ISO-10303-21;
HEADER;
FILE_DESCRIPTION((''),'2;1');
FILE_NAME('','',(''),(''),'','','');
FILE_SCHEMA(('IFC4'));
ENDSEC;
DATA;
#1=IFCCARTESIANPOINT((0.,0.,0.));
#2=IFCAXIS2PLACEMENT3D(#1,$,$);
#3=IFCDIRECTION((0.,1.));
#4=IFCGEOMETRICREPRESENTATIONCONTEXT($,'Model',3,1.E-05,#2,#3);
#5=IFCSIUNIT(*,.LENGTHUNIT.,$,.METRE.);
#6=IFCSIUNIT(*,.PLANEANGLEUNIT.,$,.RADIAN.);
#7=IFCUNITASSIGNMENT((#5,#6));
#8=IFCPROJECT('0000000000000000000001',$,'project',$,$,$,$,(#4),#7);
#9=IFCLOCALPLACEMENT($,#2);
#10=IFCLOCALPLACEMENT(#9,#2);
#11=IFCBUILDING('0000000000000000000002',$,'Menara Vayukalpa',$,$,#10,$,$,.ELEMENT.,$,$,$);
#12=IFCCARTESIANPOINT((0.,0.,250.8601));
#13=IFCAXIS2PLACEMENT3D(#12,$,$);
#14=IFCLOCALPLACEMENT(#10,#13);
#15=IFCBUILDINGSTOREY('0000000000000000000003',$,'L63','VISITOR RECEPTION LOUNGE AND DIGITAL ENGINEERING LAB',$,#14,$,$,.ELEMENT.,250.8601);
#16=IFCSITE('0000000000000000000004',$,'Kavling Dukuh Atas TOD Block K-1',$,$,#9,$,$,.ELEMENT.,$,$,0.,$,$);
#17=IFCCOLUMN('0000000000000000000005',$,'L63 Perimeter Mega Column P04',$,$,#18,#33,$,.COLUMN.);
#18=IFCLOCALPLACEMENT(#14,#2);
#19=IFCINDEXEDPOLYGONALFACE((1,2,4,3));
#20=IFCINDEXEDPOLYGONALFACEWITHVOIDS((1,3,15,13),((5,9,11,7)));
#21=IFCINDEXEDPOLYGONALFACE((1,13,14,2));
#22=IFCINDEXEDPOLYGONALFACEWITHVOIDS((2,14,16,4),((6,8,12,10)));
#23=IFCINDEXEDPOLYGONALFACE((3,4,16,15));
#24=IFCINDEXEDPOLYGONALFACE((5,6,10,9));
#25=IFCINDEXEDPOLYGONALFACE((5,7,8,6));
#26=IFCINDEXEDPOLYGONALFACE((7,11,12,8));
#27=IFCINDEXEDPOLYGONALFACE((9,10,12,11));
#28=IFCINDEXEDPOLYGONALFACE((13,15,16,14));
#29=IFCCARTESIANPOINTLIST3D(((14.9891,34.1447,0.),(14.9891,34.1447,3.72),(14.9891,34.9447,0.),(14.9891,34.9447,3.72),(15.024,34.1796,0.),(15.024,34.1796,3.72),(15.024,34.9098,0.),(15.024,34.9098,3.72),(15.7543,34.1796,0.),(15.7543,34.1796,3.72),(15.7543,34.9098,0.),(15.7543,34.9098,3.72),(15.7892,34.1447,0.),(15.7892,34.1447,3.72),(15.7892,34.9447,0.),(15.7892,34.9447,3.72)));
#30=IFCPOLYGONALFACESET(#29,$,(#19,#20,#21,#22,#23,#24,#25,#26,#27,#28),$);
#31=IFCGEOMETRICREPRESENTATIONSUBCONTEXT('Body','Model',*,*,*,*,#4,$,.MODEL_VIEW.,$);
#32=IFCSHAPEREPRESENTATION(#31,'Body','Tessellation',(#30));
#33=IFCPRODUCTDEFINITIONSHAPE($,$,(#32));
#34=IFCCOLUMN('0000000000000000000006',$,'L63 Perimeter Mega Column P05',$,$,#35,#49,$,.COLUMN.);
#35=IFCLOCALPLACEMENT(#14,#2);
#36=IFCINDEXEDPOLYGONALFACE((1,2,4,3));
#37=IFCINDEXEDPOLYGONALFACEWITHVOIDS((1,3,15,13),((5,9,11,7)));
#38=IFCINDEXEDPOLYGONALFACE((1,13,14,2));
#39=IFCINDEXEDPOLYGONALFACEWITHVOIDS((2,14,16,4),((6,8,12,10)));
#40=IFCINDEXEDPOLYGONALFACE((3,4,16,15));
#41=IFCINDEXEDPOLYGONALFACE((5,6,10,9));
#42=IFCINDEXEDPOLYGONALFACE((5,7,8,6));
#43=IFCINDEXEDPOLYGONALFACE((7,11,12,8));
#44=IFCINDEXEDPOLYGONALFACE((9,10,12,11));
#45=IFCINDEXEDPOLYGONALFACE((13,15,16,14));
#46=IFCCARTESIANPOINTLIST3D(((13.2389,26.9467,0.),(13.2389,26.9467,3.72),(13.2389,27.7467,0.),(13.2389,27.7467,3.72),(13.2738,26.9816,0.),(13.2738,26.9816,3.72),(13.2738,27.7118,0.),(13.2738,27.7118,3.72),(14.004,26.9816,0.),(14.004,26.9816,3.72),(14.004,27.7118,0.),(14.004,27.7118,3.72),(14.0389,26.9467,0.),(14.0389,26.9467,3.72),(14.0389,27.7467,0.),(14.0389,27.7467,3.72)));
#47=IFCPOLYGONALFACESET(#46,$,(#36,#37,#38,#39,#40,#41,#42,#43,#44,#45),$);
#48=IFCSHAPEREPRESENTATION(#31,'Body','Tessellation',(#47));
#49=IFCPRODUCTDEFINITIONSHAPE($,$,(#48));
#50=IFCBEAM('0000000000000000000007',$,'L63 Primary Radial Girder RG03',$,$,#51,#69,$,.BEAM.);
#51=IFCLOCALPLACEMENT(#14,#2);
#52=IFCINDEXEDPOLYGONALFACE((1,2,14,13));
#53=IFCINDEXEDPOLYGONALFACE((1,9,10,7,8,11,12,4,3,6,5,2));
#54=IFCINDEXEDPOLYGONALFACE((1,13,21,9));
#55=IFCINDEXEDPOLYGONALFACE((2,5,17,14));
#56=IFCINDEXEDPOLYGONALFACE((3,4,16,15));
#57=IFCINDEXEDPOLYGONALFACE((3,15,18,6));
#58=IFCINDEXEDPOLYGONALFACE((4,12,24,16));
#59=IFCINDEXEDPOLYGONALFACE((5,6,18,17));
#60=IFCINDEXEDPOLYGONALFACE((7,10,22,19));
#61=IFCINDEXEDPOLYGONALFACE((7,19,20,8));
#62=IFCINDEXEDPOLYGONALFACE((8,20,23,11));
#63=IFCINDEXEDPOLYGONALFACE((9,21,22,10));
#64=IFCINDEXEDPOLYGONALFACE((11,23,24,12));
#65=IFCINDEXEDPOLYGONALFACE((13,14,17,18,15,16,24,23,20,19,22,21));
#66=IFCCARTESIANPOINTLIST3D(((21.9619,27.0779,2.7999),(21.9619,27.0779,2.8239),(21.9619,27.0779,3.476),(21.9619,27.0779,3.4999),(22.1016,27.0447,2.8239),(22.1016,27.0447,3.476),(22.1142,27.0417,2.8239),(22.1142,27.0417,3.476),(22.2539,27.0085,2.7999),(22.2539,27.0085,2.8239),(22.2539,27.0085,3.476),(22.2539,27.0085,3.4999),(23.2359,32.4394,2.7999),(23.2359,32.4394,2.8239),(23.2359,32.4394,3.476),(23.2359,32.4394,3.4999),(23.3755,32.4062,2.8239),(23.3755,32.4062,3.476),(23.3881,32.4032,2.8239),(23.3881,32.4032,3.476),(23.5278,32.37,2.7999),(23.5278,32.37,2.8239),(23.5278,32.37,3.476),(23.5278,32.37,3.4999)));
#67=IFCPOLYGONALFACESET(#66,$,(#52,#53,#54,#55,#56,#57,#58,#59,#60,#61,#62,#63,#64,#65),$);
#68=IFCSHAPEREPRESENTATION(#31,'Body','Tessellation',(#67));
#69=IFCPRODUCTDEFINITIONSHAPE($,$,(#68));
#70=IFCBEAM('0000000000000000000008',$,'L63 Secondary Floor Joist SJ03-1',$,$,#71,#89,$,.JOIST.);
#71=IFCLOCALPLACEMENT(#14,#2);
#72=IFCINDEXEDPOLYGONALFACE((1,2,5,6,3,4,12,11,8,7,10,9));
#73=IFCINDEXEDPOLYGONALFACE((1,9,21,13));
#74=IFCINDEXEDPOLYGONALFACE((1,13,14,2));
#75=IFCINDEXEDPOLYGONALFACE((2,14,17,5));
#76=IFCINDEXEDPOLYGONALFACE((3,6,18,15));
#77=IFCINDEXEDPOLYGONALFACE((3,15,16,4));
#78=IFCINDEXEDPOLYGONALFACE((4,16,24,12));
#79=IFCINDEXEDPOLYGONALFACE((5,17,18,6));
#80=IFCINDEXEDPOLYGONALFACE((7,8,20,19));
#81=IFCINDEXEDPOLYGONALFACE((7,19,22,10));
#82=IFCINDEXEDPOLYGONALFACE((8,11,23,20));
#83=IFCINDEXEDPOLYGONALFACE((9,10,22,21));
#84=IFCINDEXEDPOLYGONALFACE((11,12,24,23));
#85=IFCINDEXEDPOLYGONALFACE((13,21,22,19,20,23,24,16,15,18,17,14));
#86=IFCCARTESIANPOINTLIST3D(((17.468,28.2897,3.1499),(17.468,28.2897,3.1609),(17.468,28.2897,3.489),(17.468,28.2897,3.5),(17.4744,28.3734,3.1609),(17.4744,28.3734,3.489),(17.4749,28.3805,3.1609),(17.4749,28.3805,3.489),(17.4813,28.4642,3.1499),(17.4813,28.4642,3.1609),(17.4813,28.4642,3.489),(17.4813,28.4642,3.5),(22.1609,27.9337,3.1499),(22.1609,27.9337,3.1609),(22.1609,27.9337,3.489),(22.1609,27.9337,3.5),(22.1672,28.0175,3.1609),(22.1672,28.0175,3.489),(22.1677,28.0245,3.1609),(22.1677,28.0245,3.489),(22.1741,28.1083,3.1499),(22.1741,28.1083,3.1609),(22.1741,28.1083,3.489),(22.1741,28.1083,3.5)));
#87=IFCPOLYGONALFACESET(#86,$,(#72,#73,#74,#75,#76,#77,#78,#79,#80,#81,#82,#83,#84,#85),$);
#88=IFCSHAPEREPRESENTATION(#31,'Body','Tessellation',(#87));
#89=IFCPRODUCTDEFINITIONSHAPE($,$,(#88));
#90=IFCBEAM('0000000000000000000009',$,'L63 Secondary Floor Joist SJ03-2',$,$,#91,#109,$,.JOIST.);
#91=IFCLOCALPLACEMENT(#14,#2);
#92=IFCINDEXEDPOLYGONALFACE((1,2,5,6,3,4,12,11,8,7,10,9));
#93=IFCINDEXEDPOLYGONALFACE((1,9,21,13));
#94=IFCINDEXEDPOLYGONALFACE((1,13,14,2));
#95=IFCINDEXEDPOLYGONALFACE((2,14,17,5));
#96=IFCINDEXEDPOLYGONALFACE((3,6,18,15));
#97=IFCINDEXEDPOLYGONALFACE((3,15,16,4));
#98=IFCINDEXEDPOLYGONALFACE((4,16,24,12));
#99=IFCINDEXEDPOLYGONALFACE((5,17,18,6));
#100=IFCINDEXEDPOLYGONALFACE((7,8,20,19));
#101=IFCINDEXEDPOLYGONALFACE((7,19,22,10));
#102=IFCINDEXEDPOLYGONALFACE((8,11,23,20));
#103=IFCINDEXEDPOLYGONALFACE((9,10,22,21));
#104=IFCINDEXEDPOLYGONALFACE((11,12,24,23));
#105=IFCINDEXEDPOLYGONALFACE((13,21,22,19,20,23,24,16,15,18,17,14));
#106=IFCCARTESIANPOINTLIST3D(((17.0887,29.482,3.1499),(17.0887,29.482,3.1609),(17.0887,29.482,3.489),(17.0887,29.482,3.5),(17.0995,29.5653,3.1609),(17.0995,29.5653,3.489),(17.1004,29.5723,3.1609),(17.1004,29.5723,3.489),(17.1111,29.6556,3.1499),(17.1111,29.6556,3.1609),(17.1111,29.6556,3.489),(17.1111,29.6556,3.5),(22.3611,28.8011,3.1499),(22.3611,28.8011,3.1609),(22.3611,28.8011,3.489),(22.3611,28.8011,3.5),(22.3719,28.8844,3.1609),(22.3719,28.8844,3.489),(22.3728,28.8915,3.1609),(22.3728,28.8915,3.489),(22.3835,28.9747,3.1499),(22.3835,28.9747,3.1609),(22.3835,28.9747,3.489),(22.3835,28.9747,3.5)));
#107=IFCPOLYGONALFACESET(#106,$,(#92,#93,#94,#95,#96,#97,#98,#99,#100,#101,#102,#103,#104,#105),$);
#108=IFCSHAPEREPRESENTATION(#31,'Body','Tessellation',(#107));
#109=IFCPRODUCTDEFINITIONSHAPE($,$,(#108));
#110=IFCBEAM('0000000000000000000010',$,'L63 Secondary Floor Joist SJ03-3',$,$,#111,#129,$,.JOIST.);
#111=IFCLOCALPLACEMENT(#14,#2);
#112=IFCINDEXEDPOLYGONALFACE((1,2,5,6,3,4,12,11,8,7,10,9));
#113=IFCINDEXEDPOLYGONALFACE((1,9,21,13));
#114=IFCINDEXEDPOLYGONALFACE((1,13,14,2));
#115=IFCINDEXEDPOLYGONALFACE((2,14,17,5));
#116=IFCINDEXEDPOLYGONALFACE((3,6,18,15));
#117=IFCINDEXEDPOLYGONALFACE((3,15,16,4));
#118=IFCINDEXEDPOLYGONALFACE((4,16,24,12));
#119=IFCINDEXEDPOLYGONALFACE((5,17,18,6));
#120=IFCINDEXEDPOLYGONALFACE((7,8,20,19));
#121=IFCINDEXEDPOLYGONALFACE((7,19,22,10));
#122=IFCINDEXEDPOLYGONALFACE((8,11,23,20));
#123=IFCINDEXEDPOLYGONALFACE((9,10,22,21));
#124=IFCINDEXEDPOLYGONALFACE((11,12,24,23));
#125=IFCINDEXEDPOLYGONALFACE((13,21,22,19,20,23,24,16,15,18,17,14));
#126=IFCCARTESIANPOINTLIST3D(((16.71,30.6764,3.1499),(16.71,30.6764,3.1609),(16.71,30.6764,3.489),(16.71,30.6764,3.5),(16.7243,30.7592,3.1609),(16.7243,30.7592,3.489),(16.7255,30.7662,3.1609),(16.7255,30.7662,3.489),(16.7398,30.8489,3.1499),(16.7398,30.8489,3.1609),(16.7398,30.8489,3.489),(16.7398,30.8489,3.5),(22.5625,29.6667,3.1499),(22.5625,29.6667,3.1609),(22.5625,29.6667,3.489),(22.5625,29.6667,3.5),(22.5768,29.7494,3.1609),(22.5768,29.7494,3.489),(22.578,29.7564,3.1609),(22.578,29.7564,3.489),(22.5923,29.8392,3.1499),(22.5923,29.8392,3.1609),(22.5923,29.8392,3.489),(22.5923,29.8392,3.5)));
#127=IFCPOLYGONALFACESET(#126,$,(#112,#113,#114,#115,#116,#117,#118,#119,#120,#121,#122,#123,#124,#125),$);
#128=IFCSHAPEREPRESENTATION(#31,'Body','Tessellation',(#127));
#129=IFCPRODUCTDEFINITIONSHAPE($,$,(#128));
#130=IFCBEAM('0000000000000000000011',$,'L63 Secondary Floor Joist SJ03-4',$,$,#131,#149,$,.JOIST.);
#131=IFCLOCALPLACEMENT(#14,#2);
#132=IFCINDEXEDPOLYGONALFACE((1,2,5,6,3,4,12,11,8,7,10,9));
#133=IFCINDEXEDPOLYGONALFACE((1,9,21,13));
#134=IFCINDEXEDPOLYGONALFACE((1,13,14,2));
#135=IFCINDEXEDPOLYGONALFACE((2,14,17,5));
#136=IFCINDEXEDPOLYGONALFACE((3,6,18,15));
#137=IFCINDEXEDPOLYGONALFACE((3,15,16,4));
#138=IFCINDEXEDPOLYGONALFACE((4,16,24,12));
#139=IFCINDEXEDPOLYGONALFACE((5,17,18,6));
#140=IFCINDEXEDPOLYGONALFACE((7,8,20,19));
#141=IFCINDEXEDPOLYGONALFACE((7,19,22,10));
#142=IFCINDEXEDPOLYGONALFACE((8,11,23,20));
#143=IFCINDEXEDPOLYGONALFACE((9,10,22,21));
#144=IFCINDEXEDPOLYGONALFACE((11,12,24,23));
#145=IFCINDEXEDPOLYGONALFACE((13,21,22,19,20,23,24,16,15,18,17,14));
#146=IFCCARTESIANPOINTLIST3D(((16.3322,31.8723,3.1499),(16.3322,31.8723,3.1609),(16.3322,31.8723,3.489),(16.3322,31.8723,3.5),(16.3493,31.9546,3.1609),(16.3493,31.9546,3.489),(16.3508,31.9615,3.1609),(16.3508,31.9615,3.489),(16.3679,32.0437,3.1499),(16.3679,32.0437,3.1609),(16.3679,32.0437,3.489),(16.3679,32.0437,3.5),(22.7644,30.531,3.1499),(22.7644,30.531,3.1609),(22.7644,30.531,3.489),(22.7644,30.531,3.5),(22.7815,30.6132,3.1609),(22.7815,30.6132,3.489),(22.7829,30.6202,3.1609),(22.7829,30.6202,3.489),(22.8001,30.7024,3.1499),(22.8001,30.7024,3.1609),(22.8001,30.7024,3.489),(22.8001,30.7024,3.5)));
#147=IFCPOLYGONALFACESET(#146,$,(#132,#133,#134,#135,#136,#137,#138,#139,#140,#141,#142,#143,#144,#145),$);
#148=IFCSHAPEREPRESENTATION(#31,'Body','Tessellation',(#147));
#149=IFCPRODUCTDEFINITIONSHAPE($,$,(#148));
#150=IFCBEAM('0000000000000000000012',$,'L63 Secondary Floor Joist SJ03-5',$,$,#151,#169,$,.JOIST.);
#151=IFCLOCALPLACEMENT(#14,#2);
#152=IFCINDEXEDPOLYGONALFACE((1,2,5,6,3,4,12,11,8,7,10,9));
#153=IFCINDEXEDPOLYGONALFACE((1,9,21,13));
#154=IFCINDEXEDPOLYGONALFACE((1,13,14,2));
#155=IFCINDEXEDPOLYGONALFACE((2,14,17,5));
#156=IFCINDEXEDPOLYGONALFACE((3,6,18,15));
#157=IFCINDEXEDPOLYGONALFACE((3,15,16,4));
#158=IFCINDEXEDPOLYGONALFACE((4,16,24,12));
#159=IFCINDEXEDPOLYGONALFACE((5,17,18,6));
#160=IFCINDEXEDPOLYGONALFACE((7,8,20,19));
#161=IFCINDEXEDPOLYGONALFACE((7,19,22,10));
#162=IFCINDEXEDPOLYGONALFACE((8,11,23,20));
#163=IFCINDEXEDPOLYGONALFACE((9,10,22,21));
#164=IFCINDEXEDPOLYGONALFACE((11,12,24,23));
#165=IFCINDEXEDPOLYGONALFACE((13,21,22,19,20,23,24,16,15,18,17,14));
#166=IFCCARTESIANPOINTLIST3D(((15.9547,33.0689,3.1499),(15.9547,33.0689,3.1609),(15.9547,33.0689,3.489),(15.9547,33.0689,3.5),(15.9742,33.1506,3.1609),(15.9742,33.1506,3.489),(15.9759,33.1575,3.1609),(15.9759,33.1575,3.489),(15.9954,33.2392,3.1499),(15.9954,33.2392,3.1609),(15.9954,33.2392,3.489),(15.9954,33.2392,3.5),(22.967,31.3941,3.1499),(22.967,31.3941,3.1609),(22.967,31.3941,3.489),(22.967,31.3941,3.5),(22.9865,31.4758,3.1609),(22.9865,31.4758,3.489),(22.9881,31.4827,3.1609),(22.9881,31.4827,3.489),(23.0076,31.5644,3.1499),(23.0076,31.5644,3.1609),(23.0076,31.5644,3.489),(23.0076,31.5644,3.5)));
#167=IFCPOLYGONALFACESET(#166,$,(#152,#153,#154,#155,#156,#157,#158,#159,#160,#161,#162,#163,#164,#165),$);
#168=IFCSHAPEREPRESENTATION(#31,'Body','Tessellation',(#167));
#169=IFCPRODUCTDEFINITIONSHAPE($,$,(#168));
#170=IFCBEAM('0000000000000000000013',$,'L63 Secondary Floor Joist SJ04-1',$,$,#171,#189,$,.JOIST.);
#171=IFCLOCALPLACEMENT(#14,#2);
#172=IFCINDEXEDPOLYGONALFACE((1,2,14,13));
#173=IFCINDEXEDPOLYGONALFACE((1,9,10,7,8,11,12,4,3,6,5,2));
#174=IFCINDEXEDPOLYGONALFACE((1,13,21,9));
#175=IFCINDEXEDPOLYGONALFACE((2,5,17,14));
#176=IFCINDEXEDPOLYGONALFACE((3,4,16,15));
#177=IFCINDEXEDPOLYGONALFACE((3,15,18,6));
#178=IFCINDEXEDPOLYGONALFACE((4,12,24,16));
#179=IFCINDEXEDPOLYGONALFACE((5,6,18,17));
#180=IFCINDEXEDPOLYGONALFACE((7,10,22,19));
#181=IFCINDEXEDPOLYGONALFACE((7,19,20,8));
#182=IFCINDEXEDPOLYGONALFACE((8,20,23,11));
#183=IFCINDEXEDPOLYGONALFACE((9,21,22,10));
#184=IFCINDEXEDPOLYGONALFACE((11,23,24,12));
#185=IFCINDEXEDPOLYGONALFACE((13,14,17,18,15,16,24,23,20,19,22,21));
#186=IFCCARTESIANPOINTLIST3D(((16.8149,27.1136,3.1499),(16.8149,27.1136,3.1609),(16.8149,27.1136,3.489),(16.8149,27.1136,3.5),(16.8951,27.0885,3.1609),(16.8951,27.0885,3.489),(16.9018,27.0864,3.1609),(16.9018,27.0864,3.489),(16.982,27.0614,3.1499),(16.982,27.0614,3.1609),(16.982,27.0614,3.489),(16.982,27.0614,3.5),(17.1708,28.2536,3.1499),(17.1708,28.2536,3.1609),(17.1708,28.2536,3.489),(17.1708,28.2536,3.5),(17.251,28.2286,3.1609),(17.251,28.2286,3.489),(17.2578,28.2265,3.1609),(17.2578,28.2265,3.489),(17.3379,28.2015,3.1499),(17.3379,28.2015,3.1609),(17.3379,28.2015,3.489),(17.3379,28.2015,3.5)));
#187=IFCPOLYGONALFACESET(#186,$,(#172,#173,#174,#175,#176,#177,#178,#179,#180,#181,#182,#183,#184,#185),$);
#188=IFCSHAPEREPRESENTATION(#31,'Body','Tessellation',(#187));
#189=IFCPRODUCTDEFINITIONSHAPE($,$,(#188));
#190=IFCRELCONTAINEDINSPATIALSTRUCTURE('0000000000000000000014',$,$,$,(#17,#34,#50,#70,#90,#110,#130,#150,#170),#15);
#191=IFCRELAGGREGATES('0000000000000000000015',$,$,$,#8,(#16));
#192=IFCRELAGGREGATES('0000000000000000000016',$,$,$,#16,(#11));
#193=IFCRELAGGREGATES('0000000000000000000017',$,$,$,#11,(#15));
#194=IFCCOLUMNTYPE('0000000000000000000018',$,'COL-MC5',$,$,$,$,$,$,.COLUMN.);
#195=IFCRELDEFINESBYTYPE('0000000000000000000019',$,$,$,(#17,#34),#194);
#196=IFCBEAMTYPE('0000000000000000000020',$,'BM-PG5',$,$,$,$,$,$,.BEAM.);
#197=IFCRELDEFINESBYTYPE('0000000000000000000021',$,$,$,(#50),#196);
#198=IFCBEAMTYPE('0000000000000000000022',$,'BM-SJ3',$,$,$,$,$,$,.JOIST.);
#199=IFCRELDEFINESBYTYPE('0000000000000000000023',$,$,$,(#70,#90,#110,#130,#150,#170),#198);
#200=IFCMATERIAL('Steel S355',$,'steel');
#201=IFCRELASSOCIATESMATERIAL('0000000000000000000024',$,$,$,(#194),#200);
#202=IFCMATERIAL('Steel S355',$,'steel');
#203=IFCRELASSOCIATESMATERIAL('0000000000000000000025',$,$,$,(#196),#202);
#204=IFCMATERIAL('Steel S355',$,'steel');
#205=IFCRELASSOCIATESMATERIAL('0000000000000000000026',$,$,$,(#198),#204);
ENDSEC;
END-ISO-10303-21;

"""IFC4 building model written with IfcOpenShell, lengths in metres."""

from ifc_helpers import new_model, si_unit, direction, frame, origin, origin_2d, place, context, subcontext, project, spatial, hollow_rectangle, i_section, extrude, material, material_profile, profile_set, type_object, element, save


model = new_model("IFC4")

# Units and contexts
model_context = context("Model", 3, precision=1e-05, world=origin(), true_north=direction((0.0, 1.0)))
body_context = subcontext(model_context, "Body", "Model", "MODEL_VIEW")
ifc_project = project(units=[si_unit("LENGTHUNIT", "METRE"), si_unit("PLANEANGLEUNIT", "RADIAN")], contexts=[model_context])

# Site, building, storey
site_placement = place(None, origin())
site = spatial("IfcSite", under=ifc_project, at=site_placement, Name="Kavling Dukuh Atas TOD Block K-1", CompositionType="ELEMENT", RefElevation=0.0)
building_placement = place(site_placement, origin())
building = spatial("IfcBuilding", under=site, at=building_placement, Name="Menara Vayukalpa", CompositionType="ELEMENT")
storey_placement = place(building_placement, frame((0.0, 0.0, 250.8601)))
storey = spatial("IfcBuildingStorey", under=building, at=storey_placement, Name="L63", Description="VISITOR RECEPTION LOUNGE AND DIGITAL ENGINEERING LAB", CompositionType="ELEMENT", Elevation=250.8601)

# Columns
ifc_material_1 = material(Name="Steel S355", Category="steel")
ifc_material_profile_1 = material_profile(ifc_material_1, hollow_rectangle(XDim=0.8, YDim=0.8, WallThickness=0.0349, at=origin_2d()), Name="BOX 800x800x35")
ifc_profile_set_1 = profile_set([ifc_material_profile_1], Name="Steel S355")
column_type = type_object("IfcColumnType", Name="COL-MC5", PredefinedType="COLUMN", material=ifc_profile_set_1)
for number, where, z_axis, x_axis, name in (
    (1, (15.3892, 34.5447, 0.0), (0.0, 0.0, 1.0), (1.0, 0.0, 0.0), "L63 Perimeter Mega Column P04"),
    (2, (13.6389, 27.3467, 0.0), (0.0, 0.0, 1.0), (1.0, 0.0, 0.0), "L63 Perimeter Mega Column P05"),
):
    element("IfcColumn", number, at=place(storey_placement, frame(where, z_axis=z_axis, x_axis=x_axis)), inside=storey, type_object=column_type, Name=name, PredefinedType="COLUMN", context=body_context, shape_type="SweptSolid", body=[
        extrude(hollow_rectangle(XDim=0.8, YDim=0.8, WallThickness=0.0349, at=origin_2d()), origin(), (0.0, 0.0, 1.0), 3.72),
    ])

# Beams
ifc_material_2 = material(Name="Steel S355", Category="steel")
ifc_material_profile_2 = material_profile(ifc_material_2, i_section(OverallWidth=0.3, OverallDepth=0.7, WebThickness=0.0129, FlangeThickness=0.0239, at=origin_2d()), Name="WF 700x300x13x24")
ifc_profile_set_2 = profile_set([ifc_material_profile_2], Name="Steel S355")
beam_type_1 = type_object("IfcBeamType", Name="BM-PG5", PredefinedType="BEAM", material=ifc_profile_set_2)
beam_1_placement = place(storey_placement, frame((22.1079, 27.0432, 3.1499), z_axis=(0.231167, 0.972914, 0.0), x_axis=(-0.972914, 0.231167, 0.0)))
element("IfcBeam", 3, at=beam_1_placement, inside=storey, type_object=beam_type_1, Name="L63 Primary Radial Girder RG03", PredefinedType="BEAM", context=body_context, shape_type="SweptSolid", body=[
    extrude(i_section(OverallWidth=0.3, OverallDepth=0.7, WebThickness=0.0129, FlangeThickness=0.0239, at=origin_2d()), origin(), (0.0, 0.0, 1.0), 5.5107),
])
ifc_material_3 = material(Name="Steel S355", Category="steel")
ifc_material_profile_3 = material_profile(ifc_material_3, i_section(OverallWidth=0.175, OverallDepth=0.3501, WebThickness=0.0071, FlangeThickness=0.011, at=origin_2d()), Name="WF 350x175x7x11")
ifc_profile_set_3 = profile_set([ifc_material_profile_3], Name="Steel S355")
beam_type_2 = type_object("IfcBeamType", Name="BM-SJ3", PredefinedType="JOIST", material=ifc_profile_set_3)
beam_2_placement = place(storey_placement, frame((22.1675, 28.021, 3.325), z_axis=(-0.997136, 0.075633, 0.0), x_axis=(-0.075633, -0.997136, 0.0)))
element("IfcBeam", 4, at=beam_2_placement, inside=storey, type_object=beam_type_2, Name="L63 Secondary Floor Joist SJ03-1", PredefinedType="JOIST", context=body_context, shape_type="SweptSolid", body=[
    extrude(i_section(OverallWidth=0.175, OverallDepth=0.3501, WebThickness=0.0071, FlangeThickness=0.011, at=origin_2d()), origin(), (0.0, 0.0, 1.0), 4.7063),
])
beam_3_placement = place(storey_placement, frame((22.3723, 28.8879, 3.325), z_axis=(-0.991764, 0.128081, 0.0), x_axis=(-0.128081, -0.991764, 0.0)))
element("IfcBeam", 5, at=beam_3_placement, inside=storey, type_object=beam_type_2, Name="L63 Secondary Floor Joist SJ03-2", PredefinedType="JOIST", context=body_context, shape_type="SweptSolid", body=[
    extrude(i_section(OverallWidth=0.175, OverallDepth=0.3501, WebThickness=0.0071, FlangeThickness=0.011, at=origin_2d()), origin(), (0.0, 0.0, 1.0), 5.3162),
])
beam_4_placement = place(storey_placement, frame((22.5774, 29.7529, 3.325), z_axis=(-0.98544, 0.170023, 0.0), x_axis=(-0.170023, -0.98544, 0.0)))
element("IfcBeam", 6, at=beam_4_placement, inside=storey, type_object=beam_type_2, Name="L63 Secondary Floor Joist SJ03-3", PredefinedType="JOIST", context=body_context, shape_type="SweptSolid", body=[
    extrude(i_section(OverallWidth=0.175, OverallDepth=0.3501, WebThickness=0.0071, FlangeThickness=0.011, at=origin_2d()), origin(), (0.0, 0.0, 1.0), 5.939),
])
beam_5_placement = place(storey_placement, frame((22.7822, 30.6167, 3.325), z_axis=(-0.978941, 0.204141, 0.0), x_axis=(-0.204141, -0.978941, 0.0)))
element("IfcBeam", 7, at=beam_5_placement, inside=storey, type_object=beam_type_2, Name="L63 Secondary Floor Joist SJ03-4", PredefinedType="JOIST", context=body_context, shape_type="SweptSolid", body=[
    extrude(i_section(OverallWidth=0.175, OverallDepth=0.3501, WebThickness=0.0071, FlangeThickness=0.011, at=origin_2d()), origin(), (0.0, 0.0, 1.0), 6.5706),
])
beam_6_placement = place(storey_placement, frame((22.9873, 31.4792, 3.325), z_axis=(-0.972642, 0.232307, 0.0), x_axis=(-0.232307, -0.972642, 0.0)))
element("IfcBeam", 8, at=beam_6_placement, inside=storey, type_object=beam_type_2, Name="L63 Secondary Floor Joist SJ03-5", PredefinedType="JOIST", context=body_context, shape_type="SweptSolid", body=[
    extrude(i_section(OverallWidth=0.175, OverallDepth=0.3501, WebThickness=0.0071, FlangeThickness=0.011, at=origin_2d()), origin(), (0.0, 0.0, 1.0), 7.2095),
])
beam_7_placement = place(storey_placement, frame((17.2544, 28.2275, 3.325), z_axis=(-0.298019, -0.95456, 0.0), x_axis=(0.95456, -0.298019, 0.0)))
element("IfcBeam", 9, at=beam_7_placement, inside=storey, type_object=beam_type_2, Name="L63 Secondary Floor Joist SJ04-1", PredefinedType="JOIST", context=body_context, shape_type="SweptSolid", body=[
    extrude(i_section(OverallWidth=0.175, OverallDepth=0.3501, WebThickness=0.0071, FlangeThickness=0.011, at=origin_2d()), origin(), (0.0, 0.0, 1.0), 1.1943),
])

save(model, "model.ifc")
